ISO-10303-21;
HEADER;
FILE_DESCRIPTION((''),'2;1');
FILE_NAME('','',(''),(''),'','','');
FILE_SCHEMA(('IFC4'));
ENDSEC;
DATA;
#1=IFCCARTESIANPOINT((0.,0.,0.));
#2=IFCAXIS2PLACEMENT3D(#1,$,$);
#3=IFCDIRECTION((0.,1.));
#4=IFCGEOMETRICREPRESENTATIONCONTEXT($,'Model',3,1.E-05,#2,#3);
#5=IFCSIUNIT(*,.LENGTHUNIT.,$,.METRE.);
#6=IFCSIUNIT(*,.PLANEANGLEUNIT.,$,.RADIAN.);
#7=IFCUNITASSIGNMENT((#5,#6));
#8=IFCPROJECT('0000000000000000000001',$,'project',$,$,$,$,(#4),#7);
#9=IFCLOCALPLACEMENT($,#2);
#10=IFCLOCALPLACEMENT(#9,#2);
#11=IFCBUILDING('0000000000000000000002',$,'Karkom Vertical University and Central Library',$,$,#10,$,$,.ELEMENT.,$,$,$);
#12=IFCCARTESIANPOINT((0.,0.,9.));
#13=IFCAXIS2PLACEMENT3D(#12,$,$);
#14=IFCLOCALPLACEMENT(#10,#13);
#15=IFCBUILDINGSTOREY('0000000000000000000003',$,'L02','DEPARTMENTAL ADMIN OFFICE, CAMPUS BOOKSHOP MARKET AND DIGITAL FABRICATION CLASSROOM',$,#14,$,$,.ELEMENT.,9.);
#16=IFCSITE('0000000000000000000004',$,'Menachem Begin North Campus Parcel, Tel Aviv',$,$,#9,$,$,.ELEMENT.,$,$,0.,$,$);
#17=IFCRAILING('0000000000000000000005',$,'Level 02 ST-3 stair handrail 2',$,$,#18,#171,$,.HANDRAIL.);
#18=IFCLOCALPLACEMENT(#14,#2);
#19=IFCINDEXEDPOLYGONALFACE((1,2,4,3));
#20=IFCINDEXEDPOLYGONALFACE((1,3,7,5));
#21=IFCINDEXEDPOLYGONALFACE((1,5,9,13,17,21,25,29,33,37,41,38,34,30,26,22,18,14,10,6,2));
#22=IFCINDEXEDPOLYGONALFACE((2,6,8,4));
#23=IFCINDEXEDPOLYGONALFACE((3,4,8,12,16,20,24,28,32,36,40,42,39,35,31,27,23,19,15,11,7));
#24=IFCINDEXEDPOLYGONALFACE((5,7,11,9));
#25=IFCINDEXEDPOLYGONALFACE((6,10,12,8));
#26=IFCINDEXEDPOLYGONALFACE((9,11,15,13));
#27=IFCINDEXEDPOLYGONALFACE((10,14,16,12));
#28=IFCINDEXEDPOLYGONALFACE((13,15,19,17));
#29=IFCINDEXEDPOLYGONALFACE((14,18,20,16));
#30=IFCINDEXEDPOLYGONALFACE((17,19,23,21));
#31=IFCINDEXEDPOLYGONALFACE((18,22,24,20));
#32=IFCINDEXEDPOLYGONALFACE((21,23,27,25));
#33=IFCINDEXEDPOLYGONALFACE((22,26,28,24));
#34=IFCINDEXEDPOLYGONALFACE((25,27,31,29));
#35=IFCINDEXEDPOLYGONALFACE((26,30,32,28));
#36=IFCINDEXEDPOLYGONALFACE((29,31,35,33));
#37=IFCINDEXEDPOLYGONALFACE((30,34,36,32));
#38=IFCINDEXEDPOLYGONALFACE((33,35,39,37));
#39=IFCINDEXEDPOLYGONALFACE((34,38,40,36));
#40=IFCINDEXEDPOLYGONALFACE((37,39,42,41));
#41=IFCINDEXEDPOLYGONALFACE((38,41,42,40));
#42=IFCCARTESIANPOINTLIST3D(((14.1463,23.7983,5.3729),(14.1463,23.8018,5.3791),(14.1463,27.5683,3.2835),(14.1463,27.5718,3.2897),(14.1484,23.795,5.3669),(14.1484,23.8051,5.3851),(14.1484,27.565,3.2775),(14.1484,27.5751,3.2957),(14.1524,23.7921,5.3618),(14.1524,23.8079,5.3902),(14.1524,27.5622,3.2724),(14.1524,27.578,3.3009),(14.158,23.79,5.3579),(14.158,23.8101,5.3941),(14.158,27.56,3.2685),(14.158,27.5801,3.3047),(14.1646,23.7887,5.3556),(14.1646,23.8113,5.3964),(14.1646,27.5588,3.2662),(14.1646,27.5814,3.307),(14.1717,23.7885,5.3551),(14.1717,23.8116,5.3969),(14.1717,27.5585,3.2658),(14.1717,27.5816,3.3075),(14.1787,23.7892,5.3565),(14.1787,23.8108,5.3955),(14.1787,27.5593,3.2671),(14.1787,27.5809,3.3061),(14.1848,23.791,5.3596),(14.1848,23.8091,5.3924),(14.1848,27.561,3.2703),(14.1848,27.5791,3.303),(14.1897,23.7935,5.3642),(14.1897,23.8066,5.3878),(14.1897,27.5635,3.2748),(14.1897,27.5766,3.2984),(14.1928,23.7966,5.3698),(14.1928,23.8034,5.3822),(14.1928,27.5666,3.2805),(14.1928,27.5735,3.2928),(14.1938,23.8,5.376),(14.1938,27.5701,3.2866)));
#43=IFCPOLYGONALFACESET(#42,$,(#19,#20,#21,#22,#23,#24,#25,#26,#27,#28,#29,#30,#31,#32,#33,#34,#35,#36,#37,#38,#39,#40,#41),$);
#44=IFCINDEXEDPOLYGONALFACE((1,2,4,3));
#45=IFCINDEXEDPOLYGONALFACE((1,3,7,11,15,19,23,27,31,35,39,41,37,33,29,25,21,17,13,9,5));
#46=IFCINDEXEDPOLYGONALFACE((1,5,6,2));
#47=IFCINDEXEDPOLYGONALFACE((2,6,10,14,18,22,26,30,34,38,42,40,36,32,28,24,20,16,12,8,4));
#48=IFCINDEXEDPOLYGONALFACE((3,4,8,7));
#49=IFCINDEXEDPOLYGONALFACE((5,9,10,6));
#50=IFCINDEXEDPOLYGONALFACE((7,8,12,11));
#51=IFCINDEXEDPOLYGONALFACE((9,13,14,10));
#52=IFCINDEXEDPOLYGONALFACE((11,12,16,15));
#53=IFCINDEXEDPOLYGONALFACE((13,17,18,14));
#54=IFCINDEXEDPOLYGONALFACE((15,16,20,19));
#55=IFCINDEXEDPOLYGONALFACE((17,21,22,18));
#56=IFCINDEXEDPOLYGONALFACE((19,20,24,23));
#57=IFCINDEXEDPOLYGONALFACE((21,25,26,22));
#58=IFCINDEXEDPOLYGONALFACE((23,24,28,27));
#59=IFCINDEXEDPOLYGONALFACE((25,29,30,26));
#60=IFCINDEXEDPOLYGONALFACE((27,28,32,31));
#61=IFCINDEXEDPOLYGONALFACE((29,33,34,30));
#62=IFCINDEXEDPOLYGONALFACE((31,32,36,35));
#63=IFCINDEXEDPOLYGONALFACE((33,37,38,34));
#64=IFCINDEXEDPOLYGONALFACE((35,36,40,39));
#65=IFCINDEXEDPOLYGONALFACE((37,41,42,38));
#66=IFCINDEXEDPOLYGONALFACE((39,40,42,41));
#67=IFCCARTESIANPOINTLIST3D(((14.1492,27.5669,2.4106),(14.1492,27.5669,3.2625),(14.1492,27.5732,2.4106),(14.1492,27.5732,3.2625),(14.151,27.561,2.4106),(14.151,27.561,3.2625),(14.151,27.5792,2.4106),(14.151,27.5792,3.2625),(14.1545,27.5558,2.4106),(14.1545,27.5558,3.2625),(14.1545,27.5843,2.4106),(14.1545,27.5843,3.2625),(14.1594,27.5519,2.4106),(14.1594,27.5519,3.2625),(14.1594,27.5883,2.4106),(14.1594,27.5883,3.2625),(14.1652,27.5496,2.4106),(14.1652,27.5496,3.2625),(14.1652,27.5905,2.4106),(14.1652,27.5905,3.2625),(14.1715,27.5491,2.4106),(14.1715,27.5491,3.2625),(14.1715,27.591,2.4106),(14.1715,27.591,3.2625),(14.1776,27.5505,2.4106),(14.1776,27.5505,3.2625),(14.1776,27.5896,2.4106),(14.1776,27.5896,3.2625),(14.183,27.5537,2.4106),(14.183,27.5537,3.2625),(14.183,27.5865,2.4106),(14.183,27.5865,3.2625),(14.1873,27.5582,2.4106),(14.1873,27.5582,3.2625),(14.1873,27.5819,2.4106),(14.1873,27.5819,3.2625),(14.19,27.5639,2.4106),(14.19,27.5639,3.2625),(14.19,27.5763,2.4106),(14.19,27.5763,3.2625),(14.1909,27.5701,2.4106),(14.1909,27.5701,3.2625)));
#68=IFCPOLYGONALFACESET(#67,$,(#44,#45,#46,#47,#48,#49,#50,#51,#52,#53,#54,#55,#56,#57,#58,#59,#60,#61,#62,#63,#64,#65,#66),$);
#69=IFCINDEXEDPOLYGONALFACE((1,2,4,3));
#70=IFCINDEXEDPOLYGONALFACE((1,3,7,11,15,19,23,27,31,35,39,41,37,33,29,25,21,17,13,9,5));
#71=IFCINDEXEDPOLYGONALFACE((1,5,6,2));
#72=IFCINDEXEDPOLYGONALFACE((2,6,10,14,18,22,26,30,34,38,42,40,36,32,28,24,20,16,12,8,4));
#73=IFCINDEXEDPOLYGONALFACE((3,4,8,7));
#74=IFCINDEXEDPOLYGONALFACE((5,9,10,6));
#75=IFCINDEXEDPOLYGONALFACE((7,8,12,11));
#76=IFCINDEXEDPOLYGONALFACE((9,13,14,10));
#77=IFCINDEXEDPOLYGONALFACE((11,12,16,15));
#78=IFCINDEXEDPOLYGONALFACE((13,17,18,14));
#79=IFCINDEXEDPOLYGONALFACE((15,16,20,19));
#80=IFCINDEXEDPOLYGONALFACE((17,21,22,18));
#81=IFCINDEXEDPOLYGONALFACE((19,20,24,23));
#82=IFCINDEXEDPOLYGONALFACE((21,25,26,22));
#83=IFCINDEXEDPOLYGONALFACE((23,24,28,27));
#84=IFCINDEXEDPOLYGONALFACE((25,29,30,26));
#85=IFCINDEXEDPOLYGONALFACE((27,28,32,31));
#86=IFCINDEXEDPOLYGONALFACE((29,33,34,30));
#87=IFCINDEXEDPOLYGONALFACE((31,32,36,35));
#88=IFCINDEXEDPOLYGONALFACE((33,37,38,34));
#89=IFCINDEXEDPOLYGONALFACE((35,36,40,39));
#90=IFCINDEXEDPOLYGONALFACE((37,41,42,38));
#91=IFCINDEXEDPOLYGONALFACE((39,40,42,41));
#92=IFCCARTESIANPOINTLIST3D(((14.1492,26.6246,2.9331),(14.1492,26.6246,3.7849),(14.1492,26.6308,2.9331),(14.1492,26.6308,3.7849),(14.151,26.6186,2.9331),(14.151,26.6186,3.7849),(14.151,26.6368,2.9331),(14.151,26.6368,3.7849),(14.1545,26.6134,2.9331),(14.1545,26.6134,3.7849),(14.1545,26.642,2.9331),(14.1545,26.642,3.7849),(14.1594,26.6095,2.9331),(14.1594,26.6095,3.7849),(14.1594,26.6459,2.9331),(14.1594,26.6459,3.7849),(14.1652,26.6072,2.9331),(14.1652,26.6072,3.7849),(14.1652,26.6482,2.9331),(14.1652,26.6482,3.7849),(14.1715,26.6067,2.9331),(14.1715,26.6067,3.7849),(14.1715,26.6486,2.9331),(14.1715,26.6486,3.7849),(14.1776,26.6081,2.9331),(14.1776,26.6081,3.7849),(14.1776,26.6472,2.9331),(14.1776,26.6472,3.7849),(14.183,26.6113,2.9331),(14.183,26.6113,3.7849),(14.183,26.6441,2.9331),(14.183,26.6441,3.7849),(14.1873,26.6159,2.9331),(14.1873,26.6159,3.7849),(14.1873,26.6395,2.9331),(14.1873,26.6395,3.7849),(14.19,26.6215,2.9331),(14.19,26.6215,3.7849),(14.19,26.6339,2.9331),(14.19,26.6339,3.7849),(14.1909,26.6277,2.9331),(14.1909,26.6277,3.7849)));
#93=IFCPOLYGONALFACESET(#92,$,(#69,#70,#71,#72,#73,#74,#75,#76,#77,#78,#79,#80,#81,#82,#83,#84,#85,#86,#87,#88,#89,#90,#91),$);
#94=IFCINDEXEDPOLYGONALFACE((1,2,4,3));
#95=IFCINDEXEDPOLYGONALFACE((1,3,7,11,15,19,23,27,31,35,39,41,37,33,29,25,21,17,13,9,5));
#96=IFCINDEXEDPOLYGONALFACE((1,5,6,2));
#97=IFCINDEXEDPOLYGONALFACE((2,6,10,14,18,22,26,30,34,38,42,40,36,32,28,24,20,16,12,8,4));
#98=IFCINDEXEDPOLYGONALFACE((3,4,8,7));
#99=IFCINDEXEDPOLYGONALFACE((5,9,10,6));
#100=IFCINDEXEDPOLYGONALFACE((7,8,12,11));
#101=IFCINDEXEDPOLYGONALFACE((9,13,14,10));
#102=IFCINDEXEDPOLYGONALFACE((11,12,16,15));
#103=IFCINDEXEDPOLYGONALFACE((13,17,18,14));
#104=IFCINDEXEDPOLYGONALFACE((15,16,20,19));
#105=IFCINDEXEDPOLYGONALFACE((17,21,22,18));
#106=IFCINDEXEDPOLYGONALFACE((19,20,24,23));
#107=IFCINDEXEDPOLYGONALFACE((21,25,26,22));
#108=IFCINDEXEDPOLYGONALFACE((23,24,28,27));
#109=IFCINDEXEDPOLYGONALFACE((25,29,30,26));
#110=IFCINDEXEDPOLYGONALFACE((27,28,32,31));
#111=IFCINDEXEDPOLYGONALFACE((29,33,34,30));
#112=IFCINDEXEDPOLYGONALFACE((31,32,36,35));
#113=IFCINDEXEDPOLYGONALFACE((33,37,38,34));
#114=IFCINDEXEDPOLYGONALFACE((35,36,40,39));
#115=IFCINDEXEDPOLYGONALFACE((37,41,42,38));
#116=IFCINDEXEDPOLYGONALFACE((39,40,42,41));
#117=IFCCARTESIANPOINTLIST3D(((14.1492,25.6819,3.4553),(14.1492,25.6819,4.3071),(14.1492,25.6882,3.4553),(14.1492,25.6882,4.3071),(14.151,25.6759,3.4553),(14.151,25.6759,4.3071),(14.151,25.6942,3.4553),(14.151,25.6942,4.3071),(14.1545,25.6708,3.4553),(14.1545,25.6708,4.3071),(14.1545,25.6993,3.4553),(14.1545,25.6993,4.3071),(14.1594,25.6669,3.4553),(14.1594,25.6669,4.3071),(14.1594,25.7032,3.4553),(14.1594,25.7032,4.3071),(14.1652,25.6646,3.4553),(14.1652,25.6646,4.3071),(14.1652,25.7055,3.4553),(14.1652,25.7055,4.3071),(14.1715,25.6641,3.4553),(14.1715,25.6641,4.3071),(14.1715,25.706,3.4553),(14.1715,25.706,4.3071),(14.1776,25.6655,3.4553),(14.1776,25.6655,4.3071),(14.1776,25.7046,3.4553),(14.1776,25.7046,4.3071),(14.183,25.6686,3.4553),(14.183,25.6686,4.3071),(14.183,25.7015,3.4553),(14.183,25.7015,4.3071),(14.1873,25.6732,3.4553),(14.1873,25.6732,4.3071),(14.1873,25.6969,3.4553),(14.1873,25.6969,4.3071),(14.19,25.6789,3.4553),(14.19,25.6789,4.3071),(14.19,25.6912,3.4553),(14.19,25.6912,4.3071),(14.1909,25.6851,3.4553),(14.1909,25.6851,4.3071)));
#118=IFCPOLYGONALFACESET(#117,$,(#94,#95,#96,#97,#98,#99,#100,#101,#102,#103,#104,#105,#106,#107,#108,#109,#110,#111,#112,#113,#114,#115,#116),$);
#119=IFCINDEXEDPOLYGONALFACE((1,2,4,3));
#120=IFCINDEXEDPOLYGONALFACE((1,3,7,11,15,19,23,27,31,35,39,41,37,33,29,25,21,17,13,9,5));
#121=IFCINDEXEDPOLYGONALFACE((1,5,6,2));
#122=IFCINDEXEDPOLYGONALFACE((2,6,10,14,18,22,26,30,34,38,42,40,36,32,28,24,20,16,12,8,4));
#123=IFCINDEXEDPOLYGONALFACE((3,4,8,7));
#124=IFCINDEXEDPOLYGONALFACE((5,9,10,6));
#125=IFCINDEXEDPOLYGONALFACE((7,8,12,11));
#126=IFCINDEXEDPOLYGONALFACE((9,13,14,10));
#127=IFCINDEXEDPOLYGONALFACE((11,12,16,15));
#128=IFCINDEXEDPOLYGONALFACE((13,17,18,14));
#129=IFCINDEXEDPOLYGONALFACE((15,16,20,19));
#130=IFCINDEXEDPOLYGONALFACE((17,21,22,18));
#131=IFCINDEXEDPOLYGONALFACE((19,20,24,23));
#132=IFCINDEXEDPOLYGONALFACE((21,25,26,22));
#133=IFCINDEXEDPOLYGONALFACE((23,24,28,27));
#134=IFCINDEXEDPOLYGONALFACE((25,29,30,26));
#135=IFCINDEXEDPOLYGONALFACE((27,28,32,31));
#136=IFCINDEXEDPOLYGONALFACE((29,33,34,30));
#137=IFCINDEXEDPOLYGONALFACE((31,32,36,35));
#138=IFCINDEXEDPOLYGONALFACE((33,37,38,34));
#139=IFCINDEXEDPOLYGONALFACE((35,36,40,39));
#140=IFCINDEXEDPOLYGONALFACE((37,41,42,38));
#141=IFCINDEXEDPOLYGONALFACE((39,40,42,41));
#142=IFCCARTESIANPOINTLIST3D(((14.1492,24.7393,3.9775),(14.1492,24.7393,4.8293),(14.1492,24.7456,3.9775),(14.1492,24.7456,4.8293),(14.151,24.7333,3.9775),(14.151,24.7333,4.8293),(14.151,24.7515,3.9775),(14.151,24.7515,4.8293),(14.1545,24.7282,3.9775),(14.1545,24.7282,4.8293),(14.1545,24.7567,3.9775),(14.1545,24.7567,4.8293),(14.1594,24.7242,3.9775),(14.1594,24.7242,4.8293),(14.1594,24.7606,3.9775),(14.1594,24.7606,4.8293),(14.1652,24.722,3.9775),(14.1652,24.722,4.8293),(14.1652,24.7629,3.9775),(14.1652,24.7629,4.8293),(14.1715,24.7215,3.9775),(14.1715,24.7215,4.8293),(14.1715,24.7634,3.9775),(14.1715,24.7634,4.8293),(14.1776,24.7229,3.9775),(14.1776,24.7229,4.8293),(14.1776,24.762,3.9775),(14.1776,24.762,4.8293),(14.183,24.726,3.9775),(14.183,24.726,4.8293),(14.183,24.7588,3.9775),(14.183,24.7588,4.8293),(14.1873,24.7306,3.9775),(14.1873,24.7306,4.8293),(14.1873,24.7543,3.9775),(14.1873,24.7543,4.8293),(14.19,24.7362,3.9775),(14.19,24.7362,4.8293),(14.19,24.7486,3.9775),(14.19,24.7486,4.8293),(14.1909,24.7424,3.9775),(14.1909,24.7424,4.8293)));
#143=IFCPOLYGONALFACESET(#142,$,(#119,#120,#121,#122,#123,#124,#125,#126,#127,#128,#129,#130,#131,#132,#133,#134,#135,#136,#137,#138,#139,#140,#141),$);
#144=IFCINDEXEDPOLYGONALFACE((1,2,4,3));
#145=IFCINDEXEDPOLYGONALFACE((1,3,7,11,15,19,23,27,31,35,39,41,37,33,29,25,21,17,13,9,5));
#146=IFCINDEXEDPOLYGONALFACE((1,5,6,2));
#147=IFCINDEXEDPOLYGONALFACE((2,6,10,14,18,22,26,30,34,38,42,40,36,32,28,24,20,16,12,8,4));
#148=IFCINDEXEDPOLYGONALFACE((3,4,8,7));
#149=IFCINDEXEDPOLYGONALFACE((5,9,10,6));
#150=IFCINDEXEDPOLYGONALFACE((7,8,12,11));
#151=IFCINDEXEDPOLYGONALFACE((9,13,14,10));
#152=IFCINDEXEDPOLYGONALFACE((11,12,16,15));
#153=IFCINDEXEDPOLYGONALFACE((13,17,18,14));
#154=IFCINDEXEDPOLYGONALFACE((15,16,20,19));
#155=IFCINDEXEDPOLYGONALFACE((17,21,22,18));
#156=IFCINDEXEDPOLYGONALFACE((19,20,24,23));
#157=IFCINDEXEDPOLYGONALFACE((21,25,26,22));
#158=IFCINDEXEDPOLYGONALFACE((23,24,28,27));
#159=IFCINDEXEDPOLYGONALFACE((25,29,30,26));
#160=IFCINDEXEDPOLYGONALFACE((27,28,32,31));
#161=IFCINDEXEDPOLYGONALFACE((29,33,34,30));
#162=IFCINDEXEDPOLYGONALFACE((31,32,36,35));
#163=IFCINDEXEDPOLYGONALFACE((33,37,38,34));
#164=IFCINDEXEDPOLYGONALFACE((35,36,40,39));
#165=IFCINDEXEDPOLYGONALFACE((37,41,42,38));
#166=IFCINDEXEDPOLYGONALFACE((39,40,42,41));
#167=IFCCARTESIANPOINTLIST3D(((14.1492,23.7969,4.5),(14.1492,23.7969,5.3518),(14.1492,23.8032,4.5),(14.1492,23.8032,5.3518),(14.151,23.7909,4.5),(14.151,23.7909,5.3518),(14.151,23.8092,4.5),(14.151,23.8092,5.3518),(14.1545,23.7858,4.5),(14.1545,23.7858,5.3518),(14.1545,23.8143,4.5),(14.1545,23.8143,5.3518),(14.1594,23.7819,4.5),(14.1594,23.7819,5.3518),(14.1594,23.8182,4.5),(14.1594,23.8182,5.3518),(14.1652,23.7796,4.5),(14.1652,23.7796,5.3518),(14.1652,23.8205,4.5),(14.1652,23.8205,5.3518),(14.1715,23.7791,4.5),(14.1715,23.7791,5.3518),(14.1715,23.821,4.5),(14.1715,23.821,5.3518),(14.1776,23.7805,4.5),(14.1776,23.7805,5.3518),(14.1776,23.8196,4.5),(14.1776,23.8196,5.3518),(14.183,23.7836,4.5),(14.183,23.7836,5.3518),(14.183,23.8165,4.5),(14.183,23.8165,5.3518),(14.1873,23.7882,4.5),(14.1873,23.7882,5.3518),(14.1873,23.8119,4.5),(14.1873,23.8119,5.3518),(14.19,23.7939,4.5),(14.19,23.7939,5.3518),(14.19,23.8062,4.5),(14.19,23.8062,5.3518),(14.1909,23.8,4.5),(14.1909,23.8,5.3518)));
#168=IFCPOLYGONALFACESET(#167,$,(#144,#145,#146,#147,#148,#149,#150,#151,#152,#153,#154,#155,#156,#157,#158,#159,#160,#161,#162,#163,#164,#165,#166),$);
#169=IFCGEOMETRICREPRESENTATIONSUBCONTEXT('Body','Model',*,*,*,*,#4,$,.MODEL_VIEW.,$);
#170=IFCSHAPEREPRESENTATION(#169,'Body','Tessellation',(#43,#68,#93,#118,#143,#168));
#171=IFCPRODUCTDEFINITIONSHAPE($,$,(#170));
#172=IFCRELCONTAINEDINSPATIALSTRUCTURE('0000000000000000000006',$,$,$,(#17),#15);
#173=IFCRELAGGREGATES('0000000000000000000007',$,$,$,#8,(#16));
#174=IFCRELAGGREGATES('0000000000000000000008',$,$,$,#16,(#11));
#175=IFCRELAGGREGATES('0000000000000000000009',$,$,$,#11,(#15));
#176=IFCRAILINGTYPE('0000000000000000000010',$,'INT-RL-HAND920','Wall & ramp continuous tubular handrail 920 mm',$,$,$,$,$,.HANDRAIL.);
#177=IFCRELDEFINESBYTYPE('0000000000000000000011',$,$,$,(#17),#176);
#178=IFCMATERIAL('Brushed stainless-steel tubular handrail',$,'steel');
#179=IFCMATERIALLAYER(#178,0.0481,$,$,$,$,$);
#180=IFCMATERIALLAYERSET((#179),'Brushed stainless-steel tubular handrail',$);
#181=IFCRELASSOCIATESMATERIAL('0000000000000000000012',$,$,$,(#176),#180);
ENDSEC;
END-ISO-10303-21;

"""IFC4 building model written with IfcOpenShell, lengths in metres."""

from ifc_helpers import new_model, si_unit, direction, frame, origin, origin_2d, place, context, subcontext, project, spatial, circle, extrude, material, layer, layer_set, type_object, element, save


model = new_model("IFC4")

# Units and contexts
model_context = context("Model", 3, precision=1e-05, world=origin(), true_north=direction((0.0, 1.0)))
body_context = subcontext(model_context, "Body", "Model", "MODEL_VIEW")
ifc_project = project(units=[si_unit("LENGTHUNIT", "METRE"), si_unit("PLANEANGLEUNIT", "RADIAN")], contexts=[model_context])

# Site, building, storey
site_placement = place(None, origin())
site = spatial("IfcSite", under=ifc_project, at=site_placement, Name="Menachem Begin North Campus Parcel, Tel Aviv", CompositionType="ELEMENT", RefElevation=0.0)
building_placement = place(site_placement, origin())
building = spatial("IfcBuilding", under=site, at=building_placement, Name="Karkom Vertical University and Central Library", CompositionType="ELEMENT")
storey_placement = place(building_placement, frame((0.0, 0.0, 9.0)))
storey = spatial("IfcBuildingStorey", under=building, at=storey_placement, Name="L02", Description="DEPARTMENTAL ADMIN OFFICE, CAMPUS BOOKSHOP MARKET AND DIGITAL FABRICATION CLASSROOM", CompositionType="ELEMENT", Elevation=9.0)

# Railing
ifc_material_1 = material(Name="Brushed stainless-steel tubular handrail", Category="steel")
ifc_layer_1 = layer(ifc_material_1, 0.0481)
ifc_layer_set_1 = layer_set([ifc_layer_1], Name="Brushed stainless-steel tubular handrail")
railing_type_1 = type_object("IfcRailingType", Name="INT-RL-HAND920", Description="Wall & ramp continuous tubular handrail 920 mm", PredefinedType="HANDRAIL", material=ifc_layer_set_1)
railing_1_placement = place(storey_placement, frame((14.1699, 27.5701, 2.4106)))
element("IfcRailing", 1, at=railing_1_placement, inside=storey, type_object=railing_type_1, Name="Level 02 ST-3 stair handrail 2", PredefinedType="HANDRAIL", context=body_context, shape_type="SweptSolid", body=[
    extrude(circle(Radius=0.0239, at=origin_2d()), frame((0.0, 0.0, 0.876), z_axis=(0.0, -0.874659, 0.484739), x_axis=(1.0, 0.0, 0.0)), (0.0, 0.0, 1.0), 4.3103),
    extrude(circle(Radius=0.021, at=origin_2d()), origin(), (0.0, 0.0, 1.0), 0.8518),
    extrude(circle(Radius=0.021, at=origin_2d()), frame((0.0, -0.9424, 0.5225)), (0.0, 0.0, 1.0), 0.8518),
    extrude(circle(Radius=0.021, at=origin_2d()), frame((0.0, -1.885, 1.0447)), (0.0, 0.0, 1.0), 0.8518),
    extrude(circle(Radius=0.021, at=origin_2d()), frame((0.0, -2.8276, 1.5669)), (0.0, 0.0, 1.0), 0.8518),
    extrude(circle(Radius=0.021, at=origin_2d()), frame((0.0, -3.77, 2.0894)), (0.0, 0.0, 1.0), 0.8518),
])

save(model, "model.ifc")
